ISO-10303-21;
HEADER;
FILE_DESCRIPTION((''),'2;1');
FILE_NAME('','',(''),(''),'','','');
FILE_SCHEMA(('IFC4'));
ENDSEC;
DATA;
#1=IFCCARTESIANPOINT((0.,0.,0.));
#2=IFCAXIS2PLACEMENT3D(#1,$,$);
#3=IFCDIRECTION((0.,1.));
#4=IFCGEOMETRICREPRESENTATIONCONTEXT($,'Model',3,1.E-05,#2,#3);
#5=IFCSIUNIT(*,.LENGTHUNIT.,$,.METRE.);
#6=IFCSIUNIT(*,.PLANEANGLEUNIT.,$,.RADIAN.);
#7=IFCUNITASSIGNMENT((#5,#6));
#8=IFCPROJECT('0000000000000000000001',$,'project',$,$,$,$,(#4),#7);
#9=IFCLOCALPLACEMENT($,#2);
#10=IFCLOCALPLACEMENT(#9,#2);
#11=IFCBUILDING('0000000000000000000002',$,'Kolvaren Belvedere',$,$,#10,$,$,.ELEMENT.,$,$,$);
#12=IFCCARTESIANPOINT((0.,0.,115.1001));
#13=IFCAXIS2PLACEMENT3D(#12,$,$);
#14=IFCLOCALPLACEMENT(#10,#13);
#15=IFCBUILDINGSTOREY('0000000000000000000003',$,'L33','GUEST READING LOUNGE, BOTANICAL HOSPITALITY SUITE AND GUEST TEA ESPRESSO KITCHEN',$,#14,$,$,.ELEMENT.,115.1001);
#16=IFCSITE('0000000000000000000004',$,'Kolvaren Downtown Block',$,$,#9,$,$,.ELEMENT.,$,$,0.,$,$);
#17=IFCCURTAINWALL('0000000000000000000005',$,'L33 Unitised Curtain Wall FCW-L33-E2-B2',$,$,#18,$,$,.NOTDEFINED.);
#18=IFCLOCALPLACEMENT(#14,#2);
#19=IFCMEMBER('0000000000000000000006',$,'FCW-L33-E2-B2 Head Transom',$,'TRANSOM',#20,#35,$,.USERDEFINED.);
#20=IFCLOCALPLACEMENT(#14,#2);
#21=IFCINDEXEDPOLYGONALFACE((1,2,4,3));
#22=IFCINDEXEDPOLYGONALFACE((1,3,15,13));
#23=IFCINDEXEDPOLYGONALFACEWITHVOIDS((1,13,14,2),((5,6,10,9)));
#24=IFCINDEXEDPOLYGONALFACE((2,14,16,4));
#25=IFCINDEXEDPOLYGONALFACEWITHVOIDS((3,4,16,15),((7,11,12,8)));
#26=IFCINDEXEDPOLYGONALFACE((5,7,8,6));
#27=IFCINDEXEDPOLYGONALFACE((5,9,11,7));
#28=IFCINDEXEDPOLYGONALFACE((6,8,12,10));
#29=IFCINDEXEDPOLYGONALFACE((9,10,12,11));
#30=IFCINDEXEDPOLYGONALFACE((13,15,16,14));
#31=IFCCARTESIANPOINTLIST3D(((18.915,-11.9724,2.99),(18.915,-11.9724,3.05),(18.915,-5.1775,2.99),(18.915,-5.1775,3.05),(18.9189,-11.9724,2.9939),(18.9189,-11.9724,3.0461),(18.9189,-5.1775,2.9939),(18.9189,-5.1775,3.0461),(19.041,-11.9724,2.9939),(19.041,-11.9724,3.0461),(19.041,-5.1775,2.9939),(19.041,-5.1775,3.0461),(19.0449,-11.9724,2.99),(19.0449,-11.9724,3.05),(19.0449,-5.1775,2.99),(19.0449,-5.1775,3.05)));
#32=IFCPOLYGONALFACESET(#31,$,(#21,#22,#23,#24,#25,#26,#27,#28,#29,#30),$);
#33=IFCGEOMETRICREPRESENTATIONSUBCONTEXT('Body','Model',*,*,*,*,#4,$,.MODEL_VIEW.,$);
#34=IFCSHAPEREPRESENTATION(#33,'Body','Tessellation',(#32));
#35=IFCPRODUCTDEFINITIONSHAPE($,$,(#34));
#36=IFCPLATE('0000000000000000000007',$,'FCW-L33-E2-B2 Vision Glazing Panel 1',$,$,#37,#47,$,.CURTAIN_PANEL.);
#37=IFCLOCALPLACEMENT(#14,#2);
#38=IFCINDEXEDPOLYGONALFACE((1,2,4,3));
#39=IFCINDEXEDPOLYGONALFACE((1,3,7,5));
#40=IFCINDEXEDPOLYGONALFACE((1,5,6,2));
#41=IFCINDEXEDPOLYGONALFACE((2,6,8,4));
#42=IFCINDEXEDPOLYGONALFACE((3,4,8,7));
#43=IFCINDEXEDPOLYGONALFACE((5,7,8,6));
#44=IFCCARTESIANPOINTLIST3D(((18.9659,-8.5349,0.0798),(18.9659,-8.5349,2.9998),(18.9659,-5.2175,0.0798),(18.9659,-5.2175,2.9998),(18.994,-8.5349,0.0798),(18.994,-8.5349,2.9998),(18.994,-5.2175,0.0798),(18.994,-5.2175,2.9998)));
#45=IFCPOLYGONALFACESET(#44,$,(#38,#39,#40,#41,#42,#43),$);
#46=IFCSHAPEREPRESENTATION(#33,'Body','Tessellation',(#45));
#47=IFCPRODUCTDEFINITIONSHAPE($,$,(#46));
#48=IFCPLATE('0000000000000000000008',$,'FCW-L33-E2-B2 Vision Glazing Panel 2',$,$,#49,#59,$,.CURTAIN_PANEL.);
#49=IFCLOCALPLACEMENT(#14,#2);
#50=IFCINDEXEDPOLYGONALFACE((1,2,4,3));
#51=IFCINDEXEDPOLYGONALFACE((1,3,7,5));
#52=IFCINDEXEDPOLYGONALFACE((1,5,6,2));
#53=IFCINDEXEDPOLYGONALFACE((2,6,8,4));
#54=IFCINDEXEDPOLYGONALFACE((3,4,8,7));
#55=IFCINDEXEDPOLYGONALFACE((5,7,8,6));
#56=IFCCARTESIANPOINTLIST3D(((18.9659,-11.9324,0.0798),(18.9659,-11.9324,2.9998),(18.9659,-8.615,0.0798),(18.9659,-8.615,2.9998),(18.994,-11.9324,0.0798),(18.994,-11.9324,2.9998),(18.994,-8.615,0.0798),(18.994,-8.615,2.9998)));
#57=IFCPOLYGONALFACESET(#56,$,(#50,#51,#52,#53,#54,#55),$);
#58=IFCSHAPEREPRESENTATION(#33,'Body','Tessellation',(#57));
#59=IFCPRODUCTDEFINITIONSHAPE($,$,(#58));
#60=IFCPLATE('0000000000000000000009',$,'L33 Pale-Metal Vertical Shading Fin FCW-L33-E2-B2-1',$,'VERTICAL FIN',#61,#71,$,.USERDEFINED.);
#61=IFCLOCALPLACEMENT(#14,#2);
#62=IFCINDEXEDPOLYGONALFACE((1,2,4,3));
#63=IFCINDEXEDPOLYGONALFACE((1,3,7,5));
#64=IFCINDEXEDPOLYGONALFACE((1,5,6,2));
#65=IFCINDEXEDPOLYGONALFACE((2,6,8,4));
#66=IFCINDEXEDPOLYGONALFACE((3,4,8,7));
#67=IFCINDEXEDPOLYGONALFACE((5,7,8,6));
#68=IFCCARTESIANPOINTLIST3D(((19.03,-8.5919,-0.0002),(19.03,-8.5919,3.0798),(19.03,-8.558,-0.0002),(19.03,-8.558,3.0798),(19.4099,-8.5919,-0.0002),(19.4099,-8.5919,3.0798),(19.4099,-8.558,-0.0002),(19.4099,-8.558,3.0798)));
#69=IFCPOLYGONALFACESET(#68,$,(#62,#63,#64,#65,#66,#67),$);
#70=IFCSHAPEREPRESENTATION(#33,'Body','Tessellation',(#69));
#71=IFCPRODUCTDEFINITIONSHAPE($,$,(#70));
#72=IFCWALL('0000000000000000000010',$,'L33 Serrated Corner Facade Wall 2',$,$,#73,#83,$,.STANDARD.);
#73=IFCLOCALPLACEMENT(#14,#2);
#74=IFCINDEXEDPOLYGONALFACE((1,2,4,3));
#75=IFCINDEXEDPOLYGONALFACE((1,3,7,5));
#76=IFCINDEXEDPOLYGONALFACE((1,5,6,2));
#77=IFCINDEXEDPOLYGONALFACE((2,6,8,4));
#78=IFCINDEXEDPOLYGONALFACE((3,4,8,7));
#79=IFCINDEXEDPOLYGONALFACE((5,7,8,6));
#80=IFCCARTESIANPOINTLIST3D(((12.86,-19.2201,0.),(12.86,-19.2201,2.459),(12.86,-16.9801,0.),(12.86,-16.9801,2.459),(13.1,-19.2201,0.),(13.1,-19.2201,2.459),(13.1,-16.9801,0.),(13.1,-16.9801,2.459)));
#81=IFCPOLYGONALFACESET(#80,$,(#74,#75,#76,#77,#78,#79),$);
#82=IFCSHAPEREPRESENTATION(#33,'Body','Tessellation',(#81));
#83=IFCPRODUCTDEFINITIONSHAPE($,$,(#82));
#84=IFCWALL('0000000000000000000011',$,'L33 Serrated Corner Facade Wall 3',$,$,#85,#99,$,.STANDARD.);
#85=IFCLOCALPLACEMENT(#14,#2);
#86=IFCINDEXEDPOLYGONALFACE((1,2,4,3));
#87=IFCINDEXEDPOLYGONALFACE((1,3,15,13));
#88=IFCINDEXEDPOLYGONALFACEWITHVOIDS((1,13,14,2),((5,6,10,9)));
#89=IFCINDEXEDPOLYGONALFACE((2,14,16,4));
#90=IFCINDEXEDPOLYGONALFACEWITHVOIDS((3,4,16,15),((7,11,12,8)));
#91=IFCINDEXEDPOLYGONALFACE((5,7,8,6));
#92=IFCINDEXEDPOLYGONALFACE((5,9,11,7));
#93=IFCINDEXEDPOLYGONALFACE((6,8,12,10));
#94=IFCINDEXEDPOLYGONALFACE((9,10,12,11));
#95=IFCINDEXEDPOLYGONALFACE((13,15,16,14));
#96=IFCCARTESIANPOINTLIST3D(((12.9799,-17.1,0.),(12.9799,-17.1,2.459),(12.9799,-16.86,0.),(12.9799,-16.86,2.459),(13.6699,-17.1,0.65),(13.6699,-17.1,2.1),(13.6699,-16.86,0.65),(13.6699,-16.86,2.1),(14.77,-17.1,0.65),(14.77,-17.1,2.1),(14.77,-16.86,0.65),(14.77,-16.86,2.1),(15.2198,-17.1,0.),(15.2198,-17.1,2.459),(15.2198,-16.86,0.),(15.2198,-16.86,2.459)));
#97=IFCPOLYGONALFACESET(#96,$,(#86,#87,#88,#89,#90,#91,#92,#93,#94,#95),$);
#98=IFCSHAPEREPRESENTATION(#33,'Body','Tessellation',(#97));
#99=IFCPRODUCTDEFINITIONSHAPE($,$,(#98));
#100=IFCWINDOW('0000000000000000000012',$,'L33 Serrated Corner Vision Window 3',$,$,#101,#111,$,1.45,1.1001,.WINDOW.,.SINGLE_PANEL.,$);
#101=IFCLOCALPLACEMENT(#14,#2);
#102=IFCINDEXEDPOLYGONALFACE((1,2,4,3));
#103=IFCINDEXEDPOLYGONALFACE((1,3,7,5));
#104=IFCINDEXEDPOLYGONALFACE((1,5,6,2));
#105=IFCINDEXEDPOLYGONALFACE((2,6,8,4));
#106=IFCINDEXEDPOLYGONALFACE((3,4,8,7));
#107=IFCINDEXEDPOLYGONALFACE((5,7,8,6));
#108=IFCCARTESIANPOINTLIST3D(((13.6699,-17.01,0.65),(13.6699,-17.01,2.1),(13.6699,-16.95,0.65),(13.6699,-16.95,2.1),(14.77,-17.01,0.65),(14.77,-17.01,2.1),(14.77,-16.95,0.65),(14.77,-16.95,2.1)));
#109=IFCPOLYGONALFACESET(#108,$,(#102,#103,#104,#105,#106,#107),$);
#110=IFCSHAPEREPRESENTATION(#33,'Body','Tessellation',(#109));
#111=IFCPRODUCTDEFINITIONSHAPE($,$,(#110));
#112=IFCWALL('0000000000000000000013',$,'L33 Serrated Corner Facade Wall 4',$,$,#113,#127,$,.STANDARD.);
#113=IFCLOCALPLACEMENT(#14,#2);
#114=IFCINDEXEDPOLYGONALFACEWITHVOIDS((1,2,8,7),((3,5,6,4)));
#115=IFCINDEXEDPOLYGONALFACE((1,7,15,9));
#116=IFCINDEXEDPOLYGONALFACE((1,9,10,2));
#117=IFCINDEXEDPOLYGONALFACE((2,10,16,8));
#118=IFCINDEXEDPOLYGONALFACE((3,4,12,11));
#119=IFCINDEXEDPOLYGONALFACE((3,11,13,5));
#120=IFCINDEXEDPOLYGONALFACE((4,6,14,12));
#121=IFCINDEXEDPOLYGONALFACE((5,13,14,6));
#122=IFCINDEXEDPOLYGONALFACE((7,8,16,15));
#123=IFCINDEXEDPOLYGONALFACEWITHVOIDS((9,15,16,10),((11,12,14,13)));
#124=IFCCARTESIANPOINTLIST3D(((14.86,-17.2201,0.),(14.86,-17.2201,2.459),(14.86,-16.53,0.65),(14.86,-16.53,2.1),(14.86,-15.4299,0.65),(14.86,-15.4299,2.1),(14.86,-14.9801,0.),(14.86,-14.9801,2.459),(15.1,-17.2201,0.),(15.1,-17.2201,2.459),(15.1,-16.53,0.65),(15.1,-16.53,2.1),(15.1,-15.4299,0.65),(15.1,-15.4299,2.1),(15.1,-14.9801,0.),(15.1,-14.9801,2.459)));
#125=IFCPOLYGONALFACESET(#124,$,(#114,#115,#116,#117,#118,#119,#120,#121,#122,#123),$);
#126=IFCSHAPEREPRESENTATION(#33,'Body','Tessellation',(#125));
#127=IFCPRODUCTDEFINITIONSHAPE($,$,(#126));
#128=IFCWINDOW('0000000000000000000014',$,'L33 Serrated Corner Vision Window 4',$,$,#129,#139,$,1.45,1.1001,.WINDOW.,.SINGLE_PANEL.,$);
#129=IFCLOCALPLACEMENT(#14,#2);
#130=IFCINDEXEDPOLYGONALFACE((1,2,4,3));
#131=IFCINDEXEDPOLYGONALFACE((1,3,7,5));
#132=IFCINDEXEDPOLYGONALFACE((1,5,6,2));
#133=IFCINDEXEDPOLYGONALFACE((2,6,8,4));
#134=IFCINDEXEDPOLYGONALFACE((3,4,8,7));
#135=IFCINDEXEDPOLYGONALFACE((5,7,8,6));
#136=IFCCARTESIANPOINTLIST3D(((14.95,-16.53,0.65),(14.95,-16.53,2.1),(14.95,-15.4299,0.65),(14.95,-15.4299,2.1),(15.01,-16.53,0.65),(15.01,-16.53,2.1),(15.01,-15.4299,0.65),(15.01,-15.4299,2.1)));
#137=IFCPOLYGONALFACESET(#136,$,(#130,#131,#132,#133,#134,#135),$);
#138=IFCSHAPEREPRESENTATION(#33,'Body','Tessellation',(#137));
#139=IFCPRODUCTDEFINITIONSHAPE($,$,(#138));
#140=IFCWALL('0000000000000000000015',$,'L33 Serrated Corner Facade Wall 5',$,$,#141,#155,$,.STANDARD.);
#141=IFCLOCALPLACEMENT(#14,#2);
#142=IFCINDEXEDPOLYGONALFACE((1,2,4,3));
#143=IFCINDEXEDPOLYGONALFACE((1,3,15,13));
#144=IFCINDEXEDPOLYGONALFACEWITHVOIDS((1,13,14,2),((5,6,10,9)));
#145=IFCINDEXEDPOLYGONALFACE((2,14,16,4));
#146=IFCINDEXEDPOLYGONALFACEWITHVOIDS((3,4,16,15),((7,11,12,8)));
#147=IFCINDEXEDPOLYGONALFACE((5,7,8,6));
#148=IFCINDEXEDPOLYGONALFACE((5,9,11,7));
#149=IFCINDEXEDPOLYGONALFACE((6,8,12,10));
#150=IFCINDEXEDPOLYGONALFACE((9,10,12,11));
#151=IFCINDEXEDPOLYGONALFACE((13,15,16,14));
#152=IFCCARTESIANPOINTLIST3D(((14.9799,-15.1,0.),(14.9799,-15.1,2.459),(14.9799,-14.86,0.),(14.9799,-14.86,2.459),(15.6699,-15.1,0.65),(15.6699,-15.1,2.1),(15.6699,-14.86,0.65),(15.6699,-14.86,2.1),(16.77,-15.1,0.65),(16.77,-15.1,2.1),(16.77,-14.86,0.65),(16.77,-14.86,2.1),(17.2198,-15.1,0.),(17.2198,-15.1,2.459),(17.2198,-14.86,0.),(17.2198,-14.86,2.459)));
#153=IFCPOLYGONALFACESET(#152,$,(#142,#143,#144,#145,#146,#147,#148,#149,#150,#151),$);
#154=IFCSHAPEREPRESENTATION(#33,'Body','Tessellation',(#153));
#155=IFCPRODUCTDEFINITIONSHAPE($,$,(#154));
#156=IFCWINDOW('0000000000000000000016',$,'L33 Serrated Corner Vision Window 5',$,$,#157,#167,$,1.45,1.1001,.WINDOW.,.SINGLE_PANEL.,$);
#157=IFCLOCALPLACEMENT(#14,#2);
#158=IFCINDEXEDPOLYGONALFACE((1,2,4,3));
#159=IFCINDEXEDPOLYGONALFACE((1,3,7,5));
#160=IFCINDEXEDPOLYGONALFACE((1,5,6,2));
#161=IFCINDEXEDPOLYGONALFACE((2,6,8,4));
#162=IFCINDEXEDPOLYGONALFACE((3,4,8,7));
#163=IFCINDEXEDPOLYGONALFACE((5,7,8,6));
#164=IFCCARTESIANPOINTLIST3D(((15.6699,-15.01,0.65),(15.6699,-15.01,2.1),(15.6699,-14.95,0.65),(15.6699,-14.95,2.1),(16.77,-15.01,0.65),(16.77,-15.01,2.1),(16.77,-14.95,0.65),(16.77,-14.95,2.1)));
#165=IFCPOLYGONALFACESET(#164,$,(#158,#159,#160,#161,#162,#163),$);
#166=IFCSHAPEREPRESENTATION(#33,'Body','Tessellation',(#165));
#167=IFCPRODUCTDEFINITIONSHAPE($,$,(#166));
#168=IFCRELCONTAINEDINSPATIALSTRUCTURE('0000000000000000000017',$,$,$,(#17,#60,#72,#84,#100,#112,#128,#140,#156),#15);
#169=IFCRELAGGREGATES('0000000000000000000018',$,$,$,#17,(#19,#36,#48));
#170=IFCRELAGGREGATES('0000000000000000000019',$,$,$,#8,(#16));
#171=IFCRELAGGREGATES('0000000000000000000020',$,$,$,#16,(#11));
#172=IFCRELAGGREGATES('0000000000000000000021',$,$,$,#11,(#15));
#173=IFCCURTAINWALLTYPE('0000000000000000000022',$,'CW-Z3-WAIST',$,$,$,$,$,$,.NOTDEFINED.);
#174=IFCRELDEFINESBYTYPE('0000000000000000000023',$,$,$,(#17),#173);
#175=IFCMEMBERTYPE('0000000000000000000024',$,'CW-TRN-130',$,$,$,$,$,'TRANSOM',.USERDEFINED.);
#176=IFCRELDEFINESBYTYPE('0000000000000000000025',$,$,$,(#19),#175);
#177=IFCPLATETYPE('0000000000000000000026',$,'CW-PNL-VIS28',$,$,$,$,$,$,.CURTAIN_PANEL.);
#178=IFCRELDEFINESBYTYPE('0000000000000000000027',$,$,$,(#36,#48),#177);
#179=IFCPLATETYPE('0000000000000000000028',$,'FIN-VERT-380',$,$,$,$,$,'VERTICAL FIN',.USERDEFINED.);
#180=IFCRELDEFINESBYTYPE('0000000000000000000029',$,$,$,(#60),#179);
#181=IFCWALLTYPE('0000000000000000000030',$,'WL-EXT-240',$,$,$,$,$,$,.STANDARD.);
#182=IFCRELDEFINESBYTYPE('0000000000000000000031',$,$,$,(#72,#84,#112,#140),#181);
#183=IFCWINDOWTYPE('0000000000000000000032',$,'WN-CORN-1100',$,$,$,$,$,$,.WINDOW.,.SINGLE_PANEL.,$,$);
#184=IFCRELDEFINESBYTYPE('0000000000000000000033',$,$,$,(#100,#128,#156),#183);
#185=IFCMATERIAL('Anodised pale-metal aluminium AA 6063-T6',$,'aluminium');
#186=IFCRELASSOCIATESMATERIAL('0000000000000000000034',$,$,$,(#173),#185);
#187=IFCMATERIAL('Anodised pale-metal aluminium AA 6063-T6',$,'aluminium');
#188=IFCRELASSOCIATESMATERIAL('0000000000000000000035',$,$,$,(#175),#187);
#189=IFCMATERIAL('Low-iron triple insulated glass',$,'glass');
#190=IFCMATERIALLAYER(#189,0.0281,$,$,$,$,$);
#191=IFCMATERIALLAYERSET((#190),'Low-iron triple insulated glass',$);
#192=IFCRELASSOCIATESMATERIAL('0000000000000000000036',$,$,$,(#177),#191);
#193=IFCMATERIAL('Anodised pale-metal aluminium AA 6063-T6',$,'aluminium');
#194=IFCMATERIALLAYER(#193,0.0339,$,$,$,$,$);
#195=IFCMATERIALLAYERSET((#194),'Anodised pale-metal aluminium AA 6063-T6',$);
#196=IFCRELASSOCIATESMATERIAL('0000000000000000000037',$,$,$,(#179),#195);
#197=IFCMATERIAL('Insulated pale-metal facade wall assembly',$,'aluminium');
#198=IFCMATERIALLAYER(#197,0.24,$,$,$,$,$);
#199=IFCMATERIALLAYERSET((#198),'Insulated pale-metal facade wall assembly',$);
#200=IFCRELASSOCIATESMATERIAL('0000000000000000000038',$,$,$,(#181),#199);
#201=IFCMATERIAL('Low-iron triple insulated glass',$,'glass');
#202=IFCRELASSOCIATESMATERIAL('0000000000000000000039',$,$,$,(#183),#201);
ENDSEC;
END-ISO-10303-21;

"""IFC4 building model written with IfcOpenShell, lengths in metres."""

from ifc_helpers import new_model, si_unit, direction, frame, frame_2d, origin, origin_2d, place, context, subcontext, project, spatial, rectangle, hollow_rectangle, extrude, material, layer, layer_set, material_profile, profile_set, type_object, element, fill, aggregate, save


model = new_model("IFC4")

# Units and contexts
model_context = context("Model", 3, precision=1e-05, world=origin(), true_north=direction((0.0, 1.0)))
body_context = subcontext(model_context, "Body", "Model", "MODEL_VIEW")
ifc_project = project(units=[si_unit("LENGTHUNIT", "METRE"), si_unit("PLANEANGLEUNIT", "RADIAN")], contexts=[model_context])

# Site, building, storey
site_placement = place(None, origin())
site = spatial("IfcSite", under=ifc_project, at=site_placement, Name="Kolvaren Downtown Block", CompositionType="ELEMENT", RefElevation=0.0)
building_placement = place(site_placement, origin())
building = spatial("IfcBuilding", under=site, at=building_placement, Name="Kolvaren Belvedere", CompositionType="ELEMENT")
storey_placement = place(building_placement, frame((0.0, 0.0, 115.1001)))
storey = spatial("IfcBuildingStorey", under=building, at=storey_placement, Name="L33", Description="GUEST READING LOUNGE, BOTANICAL HOSPITALITY SUITE AND GUEST TEA ESPRESSO KITCHEN", CompositionType="ELEMENT", Elevation=115.1001)

# Curtain wall, member, plates
ifc_material_1 = material(Name="Anodised pale-metal aluminium AA 6063-T6", Category="aluminium")
curtain_wall_type = type_object("IfcCurtainWallType", Name="CW-Z3-WAIST", PredefinedType="NOTDEFINED", material=ifc_material_1)
curtain_wall_placement = place(storey_placement, origin())
curtain_wall = element("IfcCurtainWall", 1, at=curtain_wall_placement, inside=storey, type_object=curtain_wall_type, Name="L33 Unitised Curtain Wall FCW-L33-E2-B2", PredefinedType="NOTDEFINED")
ifc_material_2 = material(Name="Anodised pale-metal aluminium AA 6063-T6", Category="aluminium")
ifc_material_profile_1 = material_profile(ifc_material_2, hollow_rectangle(XDim=0.0601, YDim=0.1299, WallThickness=0.0039, at=origin_2d()), Name="ALU-TRN-130X60")
ifc_profile_set_1 = profile_set([ifc_material_profile_1], Name="Anodised pale-metal aluminium AA 6063-T6")
member_type_1 = type_object("IfcMemberType", Name="CW-TRN-130", ElementType="TRANSOM", PredefinedType="USERDEFINED", material=ifc_profile_set_1)
member_1_placement = place(storey_placement, frame((18.98, -5.1775, 3.02), z_axis=(0.0, -1.0, 0.0), x_axis=(0.0, 0.0, 1.0)))
member_1 = element("IfcMember", 2, at=member_1_placement, type_object=member_type_1, Name="FCW-L33-E2-B2 Head Transom", ObjectType="TRANSOM", PredefinedType="USERDEFINED", context=body_context, shape_type="SweptSolid", body=[
    extrude(hollow_rectangle(XDim=0.0601, YDim=0.1299, WallThickness=0.0039, at=origin_2d()), origin(), (0.0, 0.0, 1.0), 6.7949),
])
ifc_material_3 = material(Name="Low-iron triple insulated glass", Category="glass")
ifc_layer_1 = layer(ifc_material_3, 0.0281)
ifc_layer_set_1 = layer_set([ifc_layer_1], Name="Low-iron triple insulated glass")
plate_type_1 = type_object("IfcPlateType", Name="CW-PNL-VIS28", PredefinedType="CURTAIN_PANEL", material=ifc_layer_set_1)
plate_1_placement = place(storey_placement, frame((18.98, -6.8762, 0.0798), z_axis=(0.0, 0.0, 1.0), x_axis=(0.0, -1.0, 0.0)))
plate_1 = element("IfcPlate", 3, at=plate_1_placement, type_object=plate_type_1, Name="FCW-L33-E2-B2 Vision Glazing Panel 1", PredefinedType="CURTAIN_PANEL", context=body_context, shape_type="SweptSolid", body=[
    extrude(rectangle(XDim=3.3174, YDim=0.0281, at=origin_2d()), origin(), (0.0, 0.0, 1.0), 2.9199),
])
plate_2_placement = place(storey_placement, frame((18.98, -10.2737, 0.0798), z_axis=(0.0, 0.0, 1.0), x_axis=(0.0, -1.0, 0.0)))
plate_2 = element("IfcPlate", 4, at=plate_2_placement, type_object=plate_type_1, Name="FCW-L33-E2-B2 Vision Glazing Panel 2", PredefinedType="CURTAIN_PANEL", context=body_context, shape_type="SweptSolid", body=[
    extrude(rectangle(XDim=3.3174, YDim=0.0281, at=origin_2d()), origin(), (0.0, 0.0, 1.0), 2.9199),
])
aggregate(curtain_wall, [member_1, plate_1, plate_2])

# Plate
ifc_material_4 = material(Name="Anodised pale-metal aluminium AA 6063-T6", Category="aluminium")
ifc_layer_2 = layer(ifc_material_4, 0.0339)
ifc_layer_set_2 = layer_set([ifc_layer_2], Name="Anodised pale-metal aluminium AA 6063-T6")
plate_type_2 = type_object("IfcPlateType", Name="FIN-VERT-380", ElementType="VERTICAL FIN", PredefinedType="USERDEFINED", material=ifc_layer_set_2)
plate_3_placement = place(storey_placement, frame((19.22, -8.575, -0.0002), z_axis=(0.0, 0.0, 1.0), x_axis=(1.0, 0.0, 0.0)))
element("IfcPlate", 5, at=plate_3_placement, inside=storey, type_object=plate_type_2, Name="L33 Pale-Metal Vertical Shading Fin FCW-L33-E2-B2-1", ObjectType="VERTICAL FIN", PredefinedType="USERDEFINED", context=body_context, shape_type="SweptSolid", body=[
    extrude(rectangle(XDim=0.3799, YDim=0.0339, at=origin_2d()), origin(), (0.0, 0.0, 1.0), 3.0801),
])

# Wall
ifc_material_5 = material(Name="Insulated pale-metal facade wall assembly", Category="aluminium")
ifc_layer_3 = layer(ifc_material_5, 0.24)
ifc_layer_set_3 = layer_set([ifc_layer_3], Name="Insulated pale-metal facade wall assembly")
wall_type_1 = type_object("IfcWallType", Name="WL-EXT-240", PredefinedType="STANDARD", material=ifc_layer_set_3)
wall_1_placement = place(storey_placement, frame((12.98, -16.98, 0.0), z_axis=(0.0, 0.0, 1.0), x_axis=(0.0, -1.0, 0.0)))
element("IfcWall", 6, at=wall_1_placement, inside=storey, type_object=wall_type_1, Name="L33 Serrated Corner Facade Wall 2", PredefinedType="STANDARD", context=body_context, shape_type="SweptSolid", body=[
    extrude(rectangle(XDim=2.24, YDim=0.24, at=frame_2d((1.1201, 0.0))), origin(), (0.0, 0.0, 1.0), 2.459),
])

# Walls, openings, windows
wall_2_placement = place(storey_placement, frame((15.22, -16.98, 0.0), z_axis=(0.0, 0.0, 1.0), x_axis=(-1.0, 0.0, 0.0)))
wall_2 = element("IfcWall", 7, at=wall_2_placement, inside=storey, type_object=wall_type_1, Name="L33 Serrated Corner Facade Wall 3", PredefinedType="STANDARD", context=body_context, shape_type="SweptSolid", body=[
    extrude(rectangle(XDim=2.24, YDim=0.24, at=frame_2d((1.1201, 0.0))), origin(), (0.0, 0.0, 1.0), 2.459),
])
opening_1_placement = place(wall_2_placement, frame((0.45, 0.0, 0.6499)))
opening_1 = element("IfcOpeningElement", 8, at=opening_1_placement, cuts=wall_2, PredefinedType="OPENING", context=body_context, shape_type="SweptSolid", body=[
    extrude(rectangle(XDim=1.1001, YDim=1.45, at=frame_2d((0.55, 0.7251))), frame((0.0, 0.1299, 0.0), z_axis=(0.0, -1.0, 0.0), x_axis=(1.0, 0.0, 0.0)), (0.0, 0.0, 1.0), 0.26),
])
ifc_material_6 = material(Name="Low-iron triple insulated glass", Category="glass")
window_type = type_object("IfcWindowType", Name="WN-CORN-1100", PartitioningType="SINGLE_PANEL", PredefinedType="WINDOW", material=ifc_material_6)
window_1_placement = place(opening_1_placement, origin())
window_1 = element("IfcWindow", 9, at=window_1_placement, inside=storey, type_object=window_type, Name="L33 Serrated Corner Vision Window 3", OverallHeight=1.45, OverallWidth=1.1001, PartitioningType="SINGLE_PANEL", PredefinedType="WINDOW", context=body_context, shape_type="SweptSolid", body=[
    extrude(rectangle(XDim=1.1001, YDim=1.45, at=frame_2d((0.55, 0.7251))), frame((0.0, 0.03, 0.0), z_axis=(0.0, -1.0, 0.0), x_axis=(1.0, 0.0, 0.0)), (0.0, 0.0, 1.0), 0.0601),
])
fill(opening_1, window_1)
wall_3_placement = place(storey_placement, frame((14.98, -14.98, 0.0), z_axis=(0.0, 0.0, 1.0), x_axis=(0.0, -1.0, 0.0)))
wall_3 = element("IfcWall", 10, at=wall_3_placement, inside=storey, type_object=wall_type_1, Name="L33 Serrated Corner Facade Wall 4", PredefinedType="STANDARD", context=body_context, shape_type="SweptSolid", body=[
    extrude(rectangle(XDim=2.24, YDim=0.24, at=frame_2d((1.1201, 0.0))), origin(), (0.0, 0.0, 1.0), 2.459),
])
opening_2_placement = place(wall_3_placement, frame((0.45, 0.0, 0.6499)))
opening_2 = element("IfcOpeningElement", 11, at=opening_2_placement, cuts=wall_3, PredefinedType="OPENING", context=body_context, shape_type="SweptSolid", body=[
    extrude(rectangle(XDim=1.1001, YDim=1.45, at=frame_2d((0.55, 0.7251))), frame((0.0, 0.1299, 0.0), z_axis=(0.0, -1.0, 0.0), x_axis=(1.0, 0.0, 0.0)), (0.0, 0.0, 1.0), 0.26),
])
window_2_placement = place(opening_2_placement, origin())
window_2 = element("IfcWindow", 12, at=window_2_placement, inside=storey, type_object=window_type, Name="L33 Serrated Corner Vision Window 4", OverallHeight=1.45, OverallWidth=1.1001, PartitioningType="SINGLE_PANEL", PredefinedType="WINDOW", context=body_context, shape_type="SweptSolid", body=[
    extrude(rectangle(XDim=1.1001, YDim=1.45, at=frame_2d((0.55, 0.7251))), frame((0.0, 0.03, 0.0), z_axis=(0.0, -1.0, 0.0), x_axis=(1.0, 0.0, 0.0)), (0.0, 0.0, 1.0), 0.0601),
])
fill(opening_2, window_2)
wall_4_placement = place(storey_placement, frame((17.22, -14.98, 0.0), z_axis=(0.0, 0.0, 1.0), x_axis=(-1.0, 0.0, 0.0)))
wall_4 = element("IfcWall", 13, at=wall_4_placement, inside=storey, type_object=wall_type_1, Name="L33 Serrated Corner Facade Wall 5", PredefinedType="STANDARD", context=body_context, shape_type="SweptSolid", body=[
    extrude(rectangle(XDim=2.24, YDim=0.24, at=frame_2d((1.1201, 0.0))), origin(), (0.0, 0.0, 1.0), 2.459),
])
opening_3_placement = place(wall_4_placement, frame((0.45, 0.0, 0.6499)))
opening_3 = element("IfcOpeningElement", 14, at=opening_3_placement, cuts=wall_4, PredefinedType="OPENING", context=body_context, shape_type="SweptSolid", body=[
    extrude(rectangle(XDim=1.1001, YDim=1.45, at=frame_2d((0.55, 0.7251))), frame((0.0, 0.1299, 0.0), z_axis=(0.0, -1.0, 0.0), x_axis=(1.0, 0.0, 0.0)), (0.0, 0.0, 1.0), 0.26),
])
window_3_placement = place(opening_3_placement, origin())
window_3 = element("IfcWindow", 15, at=window_3_placement, inside=storey, type_object=window_type, Name="L33 Serrated Corner Vision Window 5", OverallHeight=1.45, OverallWidth=1.1001, PartitioningType="SINGLE_PANEL", PredefinedType="WINDOW", context=body_context, shape_type="SweptSolid", body=[
    extrude(rectangle(XDim=1.1001, YDim=1.45, at=frame_2d((0.55, 0.7251))), frame((0.0, 0.03, 0.0), z_axis=(0.0, -1.0, 0.0), x_axis=(1.0, 0.0, 0.0)), (0.0, 0.0, 1.0), 0.0601),
])
fill(opening_3, window_3)

save(model, "model.ifc")
